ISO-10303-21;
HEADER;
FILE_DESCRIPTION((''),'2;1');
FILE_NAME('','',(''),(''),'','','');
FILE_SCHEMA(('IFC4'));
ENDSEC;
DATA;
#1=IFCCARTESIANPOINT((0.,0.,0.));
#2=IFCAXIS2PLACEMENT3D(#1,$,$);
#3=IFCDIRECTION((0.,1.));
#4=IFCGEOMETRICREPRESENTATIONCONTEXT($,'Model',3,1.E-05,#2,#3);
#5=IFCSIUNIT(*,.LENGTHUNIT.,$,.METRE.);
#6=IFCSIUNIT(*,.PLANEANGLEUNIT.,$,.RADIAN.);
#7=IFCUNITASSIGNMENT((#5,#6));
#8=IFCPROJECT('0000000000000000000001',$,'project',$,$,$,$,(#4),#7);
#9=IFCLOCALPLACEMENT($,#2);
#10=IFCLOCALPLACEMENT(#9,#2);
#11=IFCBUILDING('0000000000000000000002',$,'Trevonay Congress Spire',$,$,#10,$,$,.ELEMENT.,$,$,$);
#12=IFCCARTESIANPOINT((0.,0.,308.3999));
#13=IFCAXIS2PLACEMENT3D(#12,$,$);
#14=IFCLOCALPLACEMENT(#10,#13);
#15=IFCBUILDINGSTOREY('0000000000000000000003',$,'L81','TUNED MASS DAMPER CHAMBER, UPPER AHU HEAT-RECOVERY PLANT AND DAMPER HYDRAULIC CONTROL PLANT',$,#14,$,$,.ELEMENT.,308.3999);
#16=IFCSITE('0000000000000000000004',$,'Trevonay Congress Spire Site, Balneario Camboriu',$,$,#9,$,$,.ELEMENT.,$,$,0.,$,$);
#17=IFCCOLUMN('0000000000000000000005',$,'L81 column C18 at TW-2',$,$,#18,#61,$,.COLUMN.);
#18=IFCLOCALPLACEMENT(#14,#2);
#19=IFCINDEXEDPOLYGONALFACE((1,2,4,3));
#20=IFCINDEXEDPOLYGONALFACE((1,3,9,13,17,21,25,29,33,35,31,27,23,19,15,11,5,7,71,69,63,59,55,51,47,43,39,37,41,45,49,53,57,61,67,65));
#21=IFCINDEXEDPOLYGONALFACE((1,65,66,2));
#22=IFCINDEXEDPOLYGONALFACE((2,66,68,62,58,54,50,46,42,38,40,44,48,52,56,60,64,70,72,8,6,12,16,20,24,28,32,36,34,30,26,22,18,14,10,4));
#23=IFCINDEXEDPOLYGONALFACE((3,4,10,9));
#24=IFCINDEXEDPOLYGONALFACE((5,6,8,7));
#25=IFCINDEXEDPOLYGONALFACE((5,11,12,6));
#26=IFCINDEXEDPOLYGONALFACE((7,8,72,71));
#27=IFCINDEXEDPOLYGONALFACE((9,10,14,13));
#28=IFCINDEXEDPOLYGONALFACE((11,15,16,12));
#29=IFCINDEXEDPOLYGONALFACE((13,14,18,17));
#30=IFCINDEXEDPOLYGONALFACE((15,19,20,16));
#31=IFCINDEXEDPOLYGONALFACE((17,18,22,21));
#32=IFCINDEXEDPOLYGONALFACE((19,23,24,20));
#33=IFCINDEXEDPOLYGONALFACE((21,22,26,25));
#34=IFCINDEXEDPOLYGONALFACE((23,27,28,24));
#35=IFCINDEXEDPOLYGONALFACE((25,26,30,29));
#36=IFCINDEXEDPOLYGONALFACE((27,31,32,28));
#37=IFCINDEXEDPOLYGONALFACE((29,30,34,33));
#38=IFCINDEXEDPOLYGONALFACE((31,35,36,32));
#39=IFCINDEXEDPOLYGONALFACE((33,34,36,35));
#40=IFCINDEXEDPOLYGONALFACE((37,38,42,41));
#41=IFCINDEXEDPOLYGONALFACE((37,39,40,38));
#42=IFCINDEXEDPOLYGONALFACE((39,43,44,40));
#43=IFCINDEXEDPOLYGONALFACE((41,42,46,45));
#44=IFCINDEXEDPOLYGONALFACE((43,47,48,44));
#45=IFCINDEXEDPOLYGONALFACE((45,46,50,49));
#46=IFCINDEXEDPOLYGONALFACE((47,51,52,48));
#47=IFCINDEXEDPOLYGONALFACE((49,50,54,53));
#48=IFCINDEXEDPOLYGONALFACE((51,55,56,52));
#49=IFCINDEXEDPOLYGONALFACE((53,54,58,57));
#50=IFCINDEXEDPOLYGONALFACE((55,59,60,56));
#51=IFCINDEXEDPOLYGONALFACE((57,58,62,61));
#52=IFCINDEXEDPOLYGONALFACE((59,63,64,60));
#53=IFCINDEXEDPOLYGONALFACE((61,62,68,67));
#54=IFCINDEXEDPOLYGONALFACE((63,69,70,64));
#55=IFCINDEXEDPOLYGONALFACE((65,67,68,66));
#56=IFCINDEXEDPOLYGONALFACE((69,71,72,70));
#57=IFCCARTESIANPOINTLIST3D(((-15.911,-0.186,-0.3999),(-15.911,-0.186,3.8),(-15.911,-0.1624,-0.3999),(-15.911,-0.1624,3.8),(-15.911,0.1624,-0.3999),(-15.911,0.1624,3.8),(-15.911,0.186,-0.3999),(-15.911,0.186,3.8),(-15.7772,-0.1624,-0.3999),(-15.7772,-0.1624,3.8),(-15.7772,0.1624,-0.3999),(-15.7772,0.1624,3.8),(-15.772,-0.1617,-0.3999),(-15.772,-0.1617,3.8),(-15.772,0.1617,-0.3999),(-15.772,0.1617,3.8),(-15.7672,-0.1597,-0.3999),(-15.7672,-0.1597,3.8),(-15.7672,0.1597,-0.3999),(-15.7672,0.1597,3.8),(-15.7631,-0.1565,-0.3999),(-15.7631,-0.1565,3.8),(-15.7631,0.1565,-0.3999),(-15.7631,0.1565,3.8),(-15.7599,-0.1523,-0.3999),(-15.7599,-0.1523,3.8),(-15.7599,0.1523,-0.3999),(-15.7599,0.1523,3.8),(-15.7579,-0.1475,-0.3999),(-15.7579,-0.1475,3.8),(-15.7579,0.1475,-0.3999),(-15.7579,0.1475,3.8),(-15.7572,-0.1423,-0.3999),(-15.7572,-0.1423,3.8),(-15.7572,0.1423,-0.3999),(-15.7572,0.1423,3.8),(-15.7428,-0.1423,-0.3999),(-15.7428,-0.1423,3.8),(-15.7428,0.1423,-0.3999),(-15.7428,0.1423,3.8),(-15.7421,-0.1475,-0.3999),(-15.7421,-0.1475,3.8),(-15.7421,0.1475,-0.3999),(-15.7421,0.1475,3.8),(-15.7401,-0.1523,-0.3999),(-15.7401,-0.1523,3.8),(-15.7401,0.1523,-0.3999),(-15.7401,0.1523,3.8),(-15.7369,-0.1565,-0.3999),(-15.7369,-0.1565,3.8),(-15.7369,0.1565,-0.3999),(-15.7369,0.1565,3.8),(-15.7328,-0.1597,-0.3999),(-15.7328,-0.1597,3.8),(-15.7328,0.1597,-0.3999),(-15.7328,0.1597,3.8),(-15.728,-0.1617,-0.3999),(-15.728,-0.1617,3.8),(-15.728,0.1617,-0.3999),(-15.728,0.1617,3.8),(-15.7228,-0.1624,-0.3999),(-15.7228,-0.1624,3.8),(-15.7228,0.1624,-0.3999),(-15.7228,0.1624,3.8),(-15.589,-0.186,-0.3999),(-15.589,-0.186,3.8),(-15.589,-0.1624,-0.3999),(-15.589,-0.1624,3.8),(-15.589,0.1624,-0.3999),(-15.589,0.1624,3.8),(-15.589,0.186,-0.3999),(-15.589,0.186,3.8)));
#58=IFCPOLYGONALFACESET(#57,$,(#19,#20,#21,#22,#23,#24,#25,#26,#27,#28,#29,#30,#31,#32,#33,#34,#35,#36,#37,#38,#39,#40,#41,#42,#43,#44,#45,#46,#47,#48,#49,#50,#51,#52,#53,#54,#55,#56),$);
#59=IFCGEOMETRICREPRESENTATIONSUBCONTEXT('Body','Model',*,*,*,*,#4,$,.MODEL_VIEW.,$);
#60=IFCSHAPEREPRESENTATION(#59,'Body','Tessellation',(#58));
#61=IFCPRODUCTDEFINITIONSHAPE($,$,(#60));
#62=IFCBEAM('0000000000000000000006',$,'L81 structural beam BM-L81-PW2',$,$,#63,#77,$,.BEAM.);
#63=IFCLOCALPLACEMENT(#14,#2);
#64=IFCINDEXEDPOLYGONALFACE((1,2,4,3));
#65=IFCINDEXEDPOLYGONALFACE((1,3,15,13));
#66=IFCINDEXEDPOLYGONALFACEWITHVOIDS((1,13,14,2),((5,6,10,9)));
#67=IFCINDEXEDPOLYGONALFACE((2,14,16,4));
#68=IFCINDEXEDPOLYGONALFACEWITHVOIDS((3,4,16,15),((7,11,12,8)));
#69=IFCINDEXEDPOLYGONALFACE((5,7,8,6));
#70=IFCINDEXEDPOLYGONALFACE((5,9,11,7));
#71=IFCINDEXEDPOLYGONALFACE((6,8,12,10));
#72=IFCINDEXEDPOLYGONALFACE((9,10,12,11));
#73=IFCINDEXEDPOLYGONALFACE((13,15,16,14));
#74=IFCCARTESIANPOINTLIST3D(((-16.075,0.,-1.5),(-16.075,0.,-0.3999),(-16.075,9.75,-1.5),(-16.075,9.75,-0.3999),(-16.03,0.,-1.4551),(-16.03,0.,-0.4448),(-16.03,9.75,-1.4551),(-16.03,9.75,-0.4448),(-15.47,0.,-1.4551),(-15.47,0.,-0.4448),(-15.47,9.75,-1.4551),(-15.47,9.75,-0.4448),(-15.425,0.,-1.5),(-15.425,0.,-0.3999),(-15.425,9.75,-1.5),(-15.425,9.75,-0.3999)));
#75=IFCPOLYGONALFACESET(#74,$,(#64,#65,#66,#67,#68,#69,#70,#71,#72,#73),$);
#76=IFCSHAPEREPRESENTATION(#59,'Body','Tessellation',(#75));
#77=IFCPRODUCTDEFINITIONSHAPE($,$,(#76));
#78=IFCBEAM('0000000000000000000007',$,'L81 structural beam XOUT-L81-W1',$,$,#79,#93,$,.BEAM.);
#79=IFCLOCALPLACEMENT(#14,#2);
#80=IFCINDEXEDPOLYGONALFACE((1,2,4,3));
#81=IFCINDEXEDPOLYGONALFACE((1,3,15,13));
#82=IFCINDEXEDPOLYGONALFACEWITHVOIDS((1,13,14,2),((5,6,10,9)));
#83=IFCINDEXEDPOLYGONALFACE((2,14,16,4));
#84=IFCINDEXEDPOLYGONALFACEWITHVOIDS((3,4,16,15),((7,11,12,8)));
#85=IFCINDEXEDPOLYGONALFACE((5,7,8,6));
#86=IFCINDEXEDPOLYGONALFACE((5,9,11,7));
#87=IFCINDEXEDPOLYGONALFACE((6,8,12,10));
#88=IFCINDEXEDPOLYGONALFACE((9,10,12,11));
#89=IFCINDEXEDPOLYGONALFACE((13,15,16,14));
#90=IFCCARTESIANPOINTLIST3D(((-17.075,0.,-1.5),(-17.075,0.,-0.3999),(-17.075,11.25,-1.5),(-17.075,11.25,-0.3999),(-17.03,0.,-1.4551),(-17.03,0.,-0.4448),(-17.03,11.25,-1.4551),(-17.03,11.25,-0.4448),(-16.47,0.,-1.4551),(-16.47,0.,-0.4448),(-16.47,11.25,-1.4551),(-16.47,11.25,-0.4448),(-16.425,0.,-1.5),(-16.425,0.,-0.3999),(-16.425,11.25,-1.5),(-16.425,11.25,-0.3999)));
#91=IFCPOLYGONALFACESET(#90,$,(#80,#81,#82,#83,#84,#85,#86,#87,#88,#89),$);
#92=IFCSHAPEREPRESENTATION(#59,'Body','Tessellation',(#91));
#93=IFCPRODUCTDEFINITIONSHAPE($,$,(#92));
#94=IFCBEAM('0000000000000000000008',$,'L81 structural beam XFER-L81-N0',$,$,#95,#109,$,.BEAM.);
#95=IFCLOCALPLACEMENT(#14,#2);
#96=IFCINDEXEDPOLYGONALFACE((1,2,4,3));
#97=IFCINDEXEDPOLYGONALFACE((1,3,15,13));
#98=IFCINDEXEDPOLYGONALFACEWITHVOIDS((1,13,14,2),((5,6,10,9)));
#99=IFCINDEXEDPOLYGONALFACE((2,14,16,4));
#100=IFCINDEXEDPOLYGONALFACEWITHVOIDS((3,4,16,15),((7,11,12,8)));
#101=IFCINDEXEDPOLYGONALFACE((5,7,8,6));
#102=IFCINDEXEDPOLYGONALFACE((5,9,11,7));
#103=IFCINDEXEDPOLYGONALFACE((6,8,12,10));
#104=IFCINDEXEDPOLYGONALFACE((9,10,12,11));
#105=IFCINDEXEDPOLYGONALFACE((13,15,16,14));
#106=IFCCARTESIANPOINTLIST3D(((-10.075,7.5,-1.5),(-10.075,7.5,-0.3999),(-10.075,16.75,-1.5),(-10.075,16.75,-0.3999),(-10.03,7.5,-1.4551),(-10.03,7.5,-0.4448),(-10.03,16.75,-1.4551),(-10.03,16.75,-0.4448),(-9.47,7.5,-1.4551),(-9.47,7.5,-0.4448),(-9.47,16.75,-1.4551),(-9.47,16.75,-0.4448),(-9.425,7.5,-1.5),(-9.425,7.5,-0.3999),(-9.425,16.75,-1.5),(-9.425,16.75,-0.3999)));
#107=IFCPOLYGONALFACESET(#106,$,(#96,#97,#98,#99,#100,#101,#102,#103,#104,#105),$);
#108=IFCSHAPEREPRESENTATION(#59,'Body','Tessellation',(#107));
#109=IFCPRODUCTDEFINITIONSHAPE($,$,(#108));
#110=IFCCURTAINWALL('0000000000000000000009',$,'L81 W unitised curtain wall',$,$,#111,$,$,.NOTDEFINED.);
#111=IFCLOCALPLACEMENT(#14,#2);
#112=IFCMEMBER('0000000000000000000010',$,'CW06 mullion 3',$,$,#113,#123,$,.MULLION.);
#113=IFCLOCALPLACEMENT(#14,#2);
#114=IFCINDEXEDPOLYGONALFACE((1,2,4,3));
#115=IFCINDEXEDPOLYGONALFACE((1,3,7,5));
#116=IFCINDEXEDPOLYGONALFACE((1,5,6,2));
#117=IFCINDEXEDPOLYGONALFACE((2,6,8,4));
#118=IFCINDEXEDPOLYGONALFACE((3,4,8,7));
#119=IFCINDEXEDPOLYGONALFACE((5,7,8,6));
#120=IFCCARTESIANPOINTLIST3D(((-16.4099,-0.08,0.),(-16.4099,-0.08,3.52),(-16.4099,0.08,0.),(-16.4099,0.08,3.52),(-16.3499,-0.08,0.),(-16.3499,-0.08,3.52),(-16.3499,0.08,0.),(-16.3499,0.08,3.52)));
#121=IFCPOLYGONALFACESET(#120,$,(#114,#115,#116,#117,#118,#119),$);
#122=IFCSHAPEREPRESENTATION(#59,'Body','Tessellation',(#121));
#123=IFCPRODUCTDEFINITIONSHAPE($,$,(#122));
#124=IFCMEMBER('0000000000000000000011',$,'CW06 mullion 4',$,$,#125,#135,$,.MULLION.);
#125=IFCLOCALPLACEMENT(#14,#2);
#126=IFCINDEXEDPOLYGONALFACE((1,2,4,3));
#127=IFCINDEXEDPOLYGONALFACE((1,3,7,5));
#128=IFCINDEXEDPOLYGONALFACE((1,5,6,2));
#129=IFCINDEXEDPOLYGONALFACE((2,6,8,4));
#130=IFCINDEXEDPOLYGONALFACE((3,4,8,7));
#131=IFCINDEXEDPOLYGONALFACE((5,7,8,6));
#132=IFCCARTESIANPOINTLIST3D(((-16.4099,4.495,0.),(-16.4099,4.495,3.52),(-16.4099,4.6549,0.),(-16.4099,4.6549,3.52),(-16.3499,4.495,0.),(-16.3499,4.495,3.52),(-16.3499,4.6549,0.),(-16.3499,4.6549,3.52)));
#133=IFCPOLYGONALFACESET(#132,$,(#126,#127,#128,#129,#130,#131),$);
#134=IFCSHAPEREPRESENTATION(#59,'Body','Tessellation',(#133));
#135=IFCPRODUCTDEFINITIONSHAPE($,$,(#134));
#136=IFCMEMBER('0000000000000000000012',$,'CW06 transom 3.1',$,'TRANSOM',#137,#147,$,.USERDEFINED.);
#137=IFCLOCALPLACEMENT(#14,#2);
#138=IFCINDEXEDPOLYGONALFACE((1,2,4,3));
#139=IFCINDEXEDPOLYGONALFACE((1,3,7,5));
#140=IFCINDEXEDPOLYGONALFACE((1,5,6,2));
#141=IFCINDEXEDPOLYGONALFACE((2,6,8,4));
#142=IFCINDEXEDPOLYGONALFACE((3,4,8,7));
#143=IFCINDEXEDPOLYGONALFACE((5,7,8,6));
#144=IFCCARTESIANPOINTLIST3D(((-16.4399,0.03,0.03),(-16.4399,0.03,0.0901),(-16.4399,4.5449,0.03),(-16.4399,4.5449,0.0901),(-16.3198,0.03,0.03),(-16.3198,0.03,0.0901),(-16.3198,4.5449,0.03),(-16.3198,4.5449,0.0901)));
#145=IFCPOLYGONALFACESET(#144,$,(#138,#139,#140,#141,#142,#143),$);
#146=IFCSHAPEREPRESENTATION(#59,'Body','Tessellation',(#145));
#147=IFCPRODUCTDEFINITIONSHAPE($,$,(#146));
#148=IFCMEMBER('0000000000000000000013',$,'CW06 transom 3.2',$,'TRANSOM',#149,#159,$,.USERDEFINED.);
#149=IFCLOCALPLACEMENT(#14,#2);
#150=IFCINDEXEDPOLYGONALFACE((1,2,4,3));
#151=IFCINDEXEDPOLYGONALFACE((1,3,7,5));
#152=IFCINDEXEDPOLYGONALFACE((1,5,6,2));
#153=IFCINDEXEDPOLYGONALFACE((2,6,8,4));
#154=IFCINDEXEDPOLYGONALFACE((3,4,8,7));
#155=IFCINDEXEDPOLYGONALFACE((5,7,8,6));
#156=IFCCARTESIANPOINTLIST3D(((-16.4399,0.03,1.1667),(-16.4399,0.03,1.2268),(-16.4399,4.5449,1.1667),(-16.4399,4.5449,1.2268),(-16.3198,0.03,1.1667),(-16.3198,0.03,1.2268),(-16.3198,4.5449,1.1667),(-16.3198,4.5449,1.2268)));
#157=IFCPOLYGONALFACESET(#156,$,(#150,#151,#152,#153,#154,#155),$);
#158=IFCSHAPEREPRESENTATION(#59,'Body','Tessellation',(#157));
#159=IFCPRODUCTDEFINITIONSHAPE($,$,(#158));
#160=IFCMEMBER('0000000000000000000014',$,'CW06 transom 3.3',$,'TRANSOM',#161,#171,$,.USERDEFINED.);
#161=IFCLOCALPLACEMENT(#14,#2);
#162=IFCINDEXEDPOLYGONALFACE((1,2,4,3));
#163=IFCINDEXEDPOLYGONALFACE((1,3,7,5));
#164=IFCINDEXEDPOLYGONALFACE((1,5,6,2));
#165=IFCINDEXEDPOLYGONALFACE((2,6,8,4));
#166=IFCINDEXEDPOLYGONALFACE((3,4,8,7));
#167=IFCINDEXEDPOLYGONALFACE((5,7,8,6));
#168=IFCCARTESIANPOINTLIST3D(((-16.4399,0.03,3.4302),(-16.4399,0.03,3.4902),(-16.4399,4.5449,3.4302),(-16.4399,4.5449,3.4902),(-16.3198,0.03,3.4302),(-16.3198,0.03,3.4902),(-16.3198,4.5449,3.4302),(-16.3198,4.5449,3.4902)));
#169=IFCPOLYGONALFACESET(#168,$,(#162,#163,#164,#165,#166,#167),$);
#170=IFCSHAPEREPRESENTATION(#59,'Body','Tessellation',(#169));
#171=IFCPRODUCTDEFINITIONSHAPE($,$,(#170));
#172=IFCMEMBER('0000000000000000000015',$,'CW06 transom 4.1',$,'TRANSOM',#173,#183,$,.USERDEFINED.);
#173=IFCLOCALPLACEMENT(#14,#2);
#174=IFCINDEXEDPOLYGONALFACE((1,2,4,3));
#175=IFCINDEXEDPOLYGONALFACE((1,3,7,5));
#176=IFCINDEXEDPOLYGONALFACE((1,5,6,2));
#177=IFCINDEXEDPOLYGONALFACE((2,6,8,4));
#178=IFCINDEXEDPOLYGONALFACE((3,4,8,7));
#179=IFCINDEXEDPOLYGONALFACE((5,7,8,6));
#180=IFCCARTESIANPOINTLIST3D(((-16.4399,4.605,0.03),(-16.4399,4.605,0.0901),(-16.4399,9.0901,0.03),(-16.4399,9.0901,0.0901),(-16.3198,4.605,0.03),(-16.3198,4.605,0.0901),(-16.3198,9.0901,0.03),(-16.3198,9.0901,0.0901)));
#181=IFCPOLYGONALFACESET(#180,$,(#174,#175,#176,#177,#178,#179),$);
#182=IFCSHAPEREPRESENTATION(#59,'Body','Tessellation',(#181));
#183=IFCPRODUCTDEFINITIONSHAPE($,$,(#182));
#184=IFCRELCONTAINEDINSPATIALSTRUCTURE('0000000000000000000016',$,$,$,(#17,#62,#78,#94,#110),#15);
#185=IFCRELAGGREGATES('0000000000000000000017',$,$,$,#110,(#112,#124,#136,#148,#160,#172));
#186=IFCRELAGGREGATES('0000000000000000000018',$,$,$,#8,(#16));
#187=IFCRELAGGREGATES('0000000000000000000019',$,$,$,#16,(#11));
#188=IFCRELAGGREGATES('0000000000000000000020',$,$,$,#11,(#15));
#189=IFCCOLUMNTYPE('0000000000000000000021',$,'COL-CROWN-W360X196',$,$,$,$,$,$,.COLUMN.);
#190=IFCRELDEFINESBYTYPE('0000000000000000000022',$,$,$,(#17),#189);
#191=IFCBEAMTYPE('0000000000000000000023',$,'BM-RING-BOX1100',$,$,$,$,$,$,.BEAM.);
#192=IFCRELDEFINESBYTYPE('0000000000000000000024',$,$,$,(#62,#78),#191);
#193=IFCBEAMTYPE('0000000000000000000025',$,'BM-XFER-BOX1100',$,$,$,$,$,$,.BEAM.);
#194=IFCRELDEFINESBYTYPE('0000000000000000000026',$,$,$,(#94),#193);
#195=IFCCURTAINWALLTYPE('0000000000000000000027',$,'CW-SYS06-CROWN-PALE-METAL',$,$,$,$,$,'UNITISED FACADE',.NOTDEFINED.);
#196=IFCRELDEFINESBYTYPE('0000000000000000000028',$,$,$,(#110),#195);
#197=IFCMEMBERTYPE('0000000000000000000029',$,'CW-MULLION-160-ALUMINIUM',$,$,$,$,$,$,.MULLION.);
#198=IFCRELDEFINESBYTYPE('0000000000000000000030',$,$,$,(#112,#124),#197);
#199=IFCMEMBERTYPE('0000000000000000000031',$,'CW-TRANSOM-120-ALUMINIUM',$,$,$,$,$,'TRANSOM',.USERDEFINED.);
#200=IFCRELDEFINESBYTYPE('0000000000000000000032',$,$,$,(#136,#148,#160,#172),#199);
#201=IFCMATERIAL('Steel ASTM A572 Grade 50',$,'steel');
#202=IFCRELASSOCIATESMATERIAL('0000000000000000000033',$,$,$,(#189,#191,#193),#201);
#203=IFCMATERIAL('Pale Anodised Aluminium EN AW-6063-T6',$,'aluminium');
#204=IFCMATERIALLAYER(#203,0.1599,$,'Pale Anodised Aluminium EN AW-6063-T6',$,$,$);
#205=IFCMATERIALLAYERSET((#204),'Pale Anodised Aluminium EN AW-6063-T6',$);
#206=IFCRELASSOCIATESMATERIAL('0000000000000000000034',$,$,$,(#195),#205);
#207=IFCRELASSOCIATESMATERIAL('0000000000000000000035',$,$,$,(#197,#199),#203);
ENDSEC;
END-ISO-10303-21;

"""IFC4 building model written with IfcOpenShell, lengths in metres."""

from ifc_helpers import new_model, si_unit, direction, frame, origin, origin_2d, place, context, subcontext, project, spatial, rectangle, hollow_rectangle, i_section, extrude, material, layer, layer_set, material_profile, profile_set, type_object, element, aggregate, save


model = new_model("IFC4")

# Units and contexts
model_context = context("Model", 3, precision=1e-05, world=origin(), true_north=direction((0.0, 1.0)))
body_context = subcontext(model_context, "Body", "Model", "MODEL_VIEW")
ifc_project = project(units=[si_unit("LENGTHUNIT", "METRE"), si_unit("PLANEANGLEUNIT", "RADIAN")], contexts=[model_context])

# Site, building, storey
site_placement = place(None, origin())
site = spatial("IfcSite", under=ifc_project, at=site_placement, Name="Trevonay Congress Spire Site, Balneario Camboriu", CompositionType="ELEMENT", RefElevation=0.0)
building_placement = place(site_placement, origin())
building = spatial("IfcBuilding", under=site, at=building_placement, Name="Trevonay Congress Spire", CompositionType="ELEMENT")
storey_placement = place(building_placement, frame((0.0, 0.0, 308.3999)))
storey = spatial("IfcBuildingStorey", under=building, at=storey_placement, Name="L81", Description="TUNED MASS DAMPER CHAMBER, UPPER AHU HEAT-RECOVERY PLANT AND DAMPER HYDRAULIC CONTROL PLANT", CompositionType="ELEMENT", Elevation=308.3999)

# Column
ifc_material_1 = material(Name="Steel ASTM A572 Grade 50", Category="steel")
ifc_material_profile_1 = material_profile(ifc_material_1, i_section(OverallWidth=0.322, OverallDepth=0.3721, WebThickness=0.0144, FlangeThickness=0.0237, FilletRadius=0.02, at=origin_2d()), Name="W360x196")
ifc_profile_set_1 = profile_set([ifc_material_profile_1], Name="Steel ASTM A572 Grade 50")
column_type = type_object("IfcColumnType", Name="COL-CROWN-W360X196", PredefinedType="COLUMN", material=ifc_profile_set_1)
column_placement = place(storey_placement, frame((-15.75, 0.0, -0.3999), z_axis=(0.0, 0.0, 1.0), x_axis=(1.0, 0.0, 0.0)))
element("IfcColumn", 1, at=column_placement, inside=storey, type_object=column_type, Name="L81 column C18 at TW-2", PredefinedType="COLUMN", context=body_context, shape_type="SweptSolid", body=[
    extrude(i_section(OverallWidth=0.322, OverallDepth=0.3721, WebThickness=0.0144, FlangeThickness=0.0237, FilletRadius=0.02, at=origin_2d()), origin(), (0.0, 0.0, 1.0), 4.2),
])

# Beams
ifc_material_profile_2 = material_profile(ifc_material_1, hollow_rectangle(XDim=0.6499, YDim=1.1001, WallThickness=0.0449, at=origin_2d()), Name="BOX 1100x650x45")
ifc_profile_set_2 = profile_set([ifc_material_profile_2], Name="Steel ASTM A572 Grade 50")
beam_type_1 = type_object("IfcBeamType", Name="BM-RING-BOX1100", PredefinedType="BEAM", material=ifc_profile_set_2)
beam_1_placement = place(storey_placement, frame((-15.75, 0.0, -0.95), z_axis=(0.0, 1.0, 0.0), x_axis=(-1.0, 0.0, 0.0)))
element("IfcBeam", 2, at=beam_1_placement, inside=storey, type_object=beam_type_1, Name="L81 structural beam BM-L81-PW2", PredefinedType="BEAM", context=body_context, shape_type="SweptSolid", body=[
    extrude(hollow_rectangle(XDim=0.6499, YDim=1.1001, WallThickness=0.0449, at=origin_2d()), origin(), (0.0, 0.0, 1.0), 9.75),
])
beam_2_placement = place(storey_placement, frame((-16.75, 0.0, -0.95), z_axis=(0.0, 1.0, 0.0), x_axis=(-1.0, 0.0, 0.0)))
element("IfcBeam", 3, at=beam_2_placement, inside=storey, type_object=beam_type_1, Name="L81 structural beam XOUT-L81-W1", PredefinedType="BEAM", context=body_context, shape_type="SweptSolid", body=[
    extrude(hollow_rectangle(XDim=0.6499, YDim=1.1001, WallThickness=0.0449, at=origin_2d()), origin(), (0.0, 0.0, 1.0), 11.25),
])
ifc_material_profile_3 = material_profile(ifc_material_1, hollow_rectangle(XDim=0.6499, YDim=1.1001, WallThickness=0.0449, at=origin_2d()), Name="BOX 1100x650x45")
ifc_profile_set_3 = profile_set([ifc_material_profile_3], Name="Steel ASTM A572 Grade 50")
beam_type_2 = type_object("IfcBeamType", Name="BM-XFER-BOX1100", PredefinedType="BEAM", material=ifc_profile_set_3)
beam_3_placement = place(storey_placement, frame((-9.75, 7.5, -0.95), z_axis=(0.0, 1.0, 0.0), x_axis=(-1.0, 0.0, 0.0)))
element("IfcBeam", 4, at=beam_3_placement, inside=storey, type_object=beam_type_2, Name="L81 structural beam XFER-L81-N0", PredefinedType="BEAM", context=body_context, shape_type="SweptSolid", body=[
    extrude(hollow_rectangle(XDim=0.6499, YDim=1.1001, WallThickness=0.0449, at=origin_2d()), origin(), (0.0, 0.0, 1.0), 9.25),
])

# Curtain wall, members
ifc_material_2 = material(Name="Pale Anodised Aluminium EN AW-6063-T6", Category="aluminium")
ifc_layer_1 = layer(ifc_material_2, 0.1599, Name="Pale Anodised Aluminium EN AW-6063-T6")
ifc_layer_set_1 = layer_set([ifc_layer_1], Name="Pale Anodised Aluminium EN AW-6063-T6")
curtain_wall_type = type_object("IfcCurtainWallType", Name="CW-SYS06-CROWN-PALE-METAL", ElementType="UNITISED FACADE", PredefinedType="NOTDEFINED", material=ifc_layer_set_1)
curtain_wall_placement = place(storey_placement, origin())
curtain_wall = element("IfcCurtainWall", 5, at=curtain_wall_placement, inside=storey, type_object=curtain_wall_type, Name="L81 W unitised curtain wall", PredefinedType="NOTDEFINED")
ifc_material_profile_4 = material_profile(ifc_material_2, rectangle(XDim=0.0601, YDim=0.1599, at=origin_2d()), Name="CW-MULLION-160-ALUMINIUM")
ifc_profile_set_4 = profile_set([ifc_material_profile_4], Name="Pale Anodised Aluminium EN AW-6063-T6")
member_type_1 = type_object("IfcMemberType", Name="CW-MULLION-160-ALUMINIUM", PredefinedType="MULLION", material=ifc_profile_set_4)
member_1_placement = place(storey_placement, frame((-16.3799, 0.0, 0.0), z_axis=(0.0, 0.0, 1.0), x_axis=(-1.0, 0.0, 0.0)))
member_1 = element("IfcMember", 6, at=member_1_placement, type_object=member_type_1, Name="CW06 mullion 3", PredefinedType="MULLION", context=body_context, shape_type="SweptSolid", body=[
    extrude(rectangle(XDim=0.0601, YDim=0.1599, at=origin_2d()), origin(), (0.0, 0.0, 1.0), 3.52),
])
member_2_placement = place(storey_placement, frame((-16.3799, 4.575, 0.0), z_axis=(0.0, 0.0, 1.0), x_axis=(-1.0, 0.0, 0.0)))
member_2 = element("IfcMember", 7, at=member_2_placement, type_object=member_type_1, Name="CW06 mullion 4", PredefinedType="MULLION", context=body_context, shape_type="SweptSolid", body=[
    extrude(rectangle(XDim=0.0601, YDim=0.1599, at=origin_2d()), origin(), (0.0, 0.0, 1.0), 3.52),
])
ifc_material_profile_5 = material_profile(ifc_material_2, rectangle(XDim=0.1201, YDim=0.0601, at=origin_2d()), Name="CW-TRANSOM-120-ALUMINIUM")
ifc_profile_set_5 = profile_set([ifc_material_profile_5], Name="Pale Anodised Aluminium EN AW-6063-T6")
member_type_2 = type_object("IfcMemberType", Name="CW-TRANSOM-120-ALUMINIUM", ElementType="TRANSOM", PredefinedType="USERDEFINED", material=ifc_profile_set_5)
member_3_placement = place(storey_placement, frame((-16.3799, 0.03, 0.0601), z_axis=(0.0, 1.0, 0.0), x_axis=(-1.0, 0.0, 0.0)))
member_3 = element("IfcMember", 8, at=member_3_placement, type_object=member_type_2, Name="CW06 transom 3.1", ObjectType="TRANSOM", PredefinedType="USERDEFINED", context=body_context, shape_type="SweptSolid", body=[
    extrude(rectangle(XDim=0.1201, YDim=0.0601, at=origin_2d()), origin(), (0.0, 0.0, 1.0), 4.5149),
])
member_4_placement = place(storey_placement, frame((-16.3799, 0.03, 1.1968), z_axis=(0.0, 1.0, 0.0), x_axis=(-1.0, 0.0, 0.0)))
member_4 = element("IfcMember", 9, at=member_4_placement, type_object=member_type_2, Name="CW06 transom 3.2", ObjectType="TRANSOM", PredefinedType="USERDEFINED", context=body_context, shape_type="SweptSolid", body=[
    extrude(rectangle(XDim=0.1201, YDim=0.0601, at=origin_2d()), origin(), (0.0, 0.0, 1.0), 4.5149),
])
member_5_placement = place(storey_placement, frame((-16.3799, 0.03, 3.4602), z_axis=(0.0, 1.0, 0.0), x_axis=(-1.0, 0.0, 0.0)))
member_5 = element("IfcMember", 10, at=member_5_placement, type_object=member_type_2, Name="CW06 transom 3.3", ObjectType="TRANSOM", PredefinedType="USERDEFINED", context=body_context, shape_type="SweptSolid", body=[
    extrude(rectangle(XDim=0.1201, YDim=0.0601, at=origin_2d()), origin(), (0.0, 0.0, 1.0), 4.5149),
])
member_6_placement = place(storey_placement, frame((-16.3799, 4.605, 0.0601), z_axis=(0.0, 1.0, 0.0), x_axis=(-1.0, 0.0, 0.0)))
member_6 = element("IfcMember", 11, at=member_6_placement, type_object=member_type_2, Name="CW06 transom 4.1", ObjectType="TRANSOM", PredefinedType="USERDEFINED", context=body_context, shape_type="SweptSolid", body=[
    extrude(rectangle(XDim=0.1201, YDim=0.0601, at=origin_2d()), origin(), (0.0, 0.0, 1.0), 4.4851),
])
aggregate(curtain_wall, [member_1, member_2, member_3, member_4, member_5, member_6])

save(model, "model.ifc")
